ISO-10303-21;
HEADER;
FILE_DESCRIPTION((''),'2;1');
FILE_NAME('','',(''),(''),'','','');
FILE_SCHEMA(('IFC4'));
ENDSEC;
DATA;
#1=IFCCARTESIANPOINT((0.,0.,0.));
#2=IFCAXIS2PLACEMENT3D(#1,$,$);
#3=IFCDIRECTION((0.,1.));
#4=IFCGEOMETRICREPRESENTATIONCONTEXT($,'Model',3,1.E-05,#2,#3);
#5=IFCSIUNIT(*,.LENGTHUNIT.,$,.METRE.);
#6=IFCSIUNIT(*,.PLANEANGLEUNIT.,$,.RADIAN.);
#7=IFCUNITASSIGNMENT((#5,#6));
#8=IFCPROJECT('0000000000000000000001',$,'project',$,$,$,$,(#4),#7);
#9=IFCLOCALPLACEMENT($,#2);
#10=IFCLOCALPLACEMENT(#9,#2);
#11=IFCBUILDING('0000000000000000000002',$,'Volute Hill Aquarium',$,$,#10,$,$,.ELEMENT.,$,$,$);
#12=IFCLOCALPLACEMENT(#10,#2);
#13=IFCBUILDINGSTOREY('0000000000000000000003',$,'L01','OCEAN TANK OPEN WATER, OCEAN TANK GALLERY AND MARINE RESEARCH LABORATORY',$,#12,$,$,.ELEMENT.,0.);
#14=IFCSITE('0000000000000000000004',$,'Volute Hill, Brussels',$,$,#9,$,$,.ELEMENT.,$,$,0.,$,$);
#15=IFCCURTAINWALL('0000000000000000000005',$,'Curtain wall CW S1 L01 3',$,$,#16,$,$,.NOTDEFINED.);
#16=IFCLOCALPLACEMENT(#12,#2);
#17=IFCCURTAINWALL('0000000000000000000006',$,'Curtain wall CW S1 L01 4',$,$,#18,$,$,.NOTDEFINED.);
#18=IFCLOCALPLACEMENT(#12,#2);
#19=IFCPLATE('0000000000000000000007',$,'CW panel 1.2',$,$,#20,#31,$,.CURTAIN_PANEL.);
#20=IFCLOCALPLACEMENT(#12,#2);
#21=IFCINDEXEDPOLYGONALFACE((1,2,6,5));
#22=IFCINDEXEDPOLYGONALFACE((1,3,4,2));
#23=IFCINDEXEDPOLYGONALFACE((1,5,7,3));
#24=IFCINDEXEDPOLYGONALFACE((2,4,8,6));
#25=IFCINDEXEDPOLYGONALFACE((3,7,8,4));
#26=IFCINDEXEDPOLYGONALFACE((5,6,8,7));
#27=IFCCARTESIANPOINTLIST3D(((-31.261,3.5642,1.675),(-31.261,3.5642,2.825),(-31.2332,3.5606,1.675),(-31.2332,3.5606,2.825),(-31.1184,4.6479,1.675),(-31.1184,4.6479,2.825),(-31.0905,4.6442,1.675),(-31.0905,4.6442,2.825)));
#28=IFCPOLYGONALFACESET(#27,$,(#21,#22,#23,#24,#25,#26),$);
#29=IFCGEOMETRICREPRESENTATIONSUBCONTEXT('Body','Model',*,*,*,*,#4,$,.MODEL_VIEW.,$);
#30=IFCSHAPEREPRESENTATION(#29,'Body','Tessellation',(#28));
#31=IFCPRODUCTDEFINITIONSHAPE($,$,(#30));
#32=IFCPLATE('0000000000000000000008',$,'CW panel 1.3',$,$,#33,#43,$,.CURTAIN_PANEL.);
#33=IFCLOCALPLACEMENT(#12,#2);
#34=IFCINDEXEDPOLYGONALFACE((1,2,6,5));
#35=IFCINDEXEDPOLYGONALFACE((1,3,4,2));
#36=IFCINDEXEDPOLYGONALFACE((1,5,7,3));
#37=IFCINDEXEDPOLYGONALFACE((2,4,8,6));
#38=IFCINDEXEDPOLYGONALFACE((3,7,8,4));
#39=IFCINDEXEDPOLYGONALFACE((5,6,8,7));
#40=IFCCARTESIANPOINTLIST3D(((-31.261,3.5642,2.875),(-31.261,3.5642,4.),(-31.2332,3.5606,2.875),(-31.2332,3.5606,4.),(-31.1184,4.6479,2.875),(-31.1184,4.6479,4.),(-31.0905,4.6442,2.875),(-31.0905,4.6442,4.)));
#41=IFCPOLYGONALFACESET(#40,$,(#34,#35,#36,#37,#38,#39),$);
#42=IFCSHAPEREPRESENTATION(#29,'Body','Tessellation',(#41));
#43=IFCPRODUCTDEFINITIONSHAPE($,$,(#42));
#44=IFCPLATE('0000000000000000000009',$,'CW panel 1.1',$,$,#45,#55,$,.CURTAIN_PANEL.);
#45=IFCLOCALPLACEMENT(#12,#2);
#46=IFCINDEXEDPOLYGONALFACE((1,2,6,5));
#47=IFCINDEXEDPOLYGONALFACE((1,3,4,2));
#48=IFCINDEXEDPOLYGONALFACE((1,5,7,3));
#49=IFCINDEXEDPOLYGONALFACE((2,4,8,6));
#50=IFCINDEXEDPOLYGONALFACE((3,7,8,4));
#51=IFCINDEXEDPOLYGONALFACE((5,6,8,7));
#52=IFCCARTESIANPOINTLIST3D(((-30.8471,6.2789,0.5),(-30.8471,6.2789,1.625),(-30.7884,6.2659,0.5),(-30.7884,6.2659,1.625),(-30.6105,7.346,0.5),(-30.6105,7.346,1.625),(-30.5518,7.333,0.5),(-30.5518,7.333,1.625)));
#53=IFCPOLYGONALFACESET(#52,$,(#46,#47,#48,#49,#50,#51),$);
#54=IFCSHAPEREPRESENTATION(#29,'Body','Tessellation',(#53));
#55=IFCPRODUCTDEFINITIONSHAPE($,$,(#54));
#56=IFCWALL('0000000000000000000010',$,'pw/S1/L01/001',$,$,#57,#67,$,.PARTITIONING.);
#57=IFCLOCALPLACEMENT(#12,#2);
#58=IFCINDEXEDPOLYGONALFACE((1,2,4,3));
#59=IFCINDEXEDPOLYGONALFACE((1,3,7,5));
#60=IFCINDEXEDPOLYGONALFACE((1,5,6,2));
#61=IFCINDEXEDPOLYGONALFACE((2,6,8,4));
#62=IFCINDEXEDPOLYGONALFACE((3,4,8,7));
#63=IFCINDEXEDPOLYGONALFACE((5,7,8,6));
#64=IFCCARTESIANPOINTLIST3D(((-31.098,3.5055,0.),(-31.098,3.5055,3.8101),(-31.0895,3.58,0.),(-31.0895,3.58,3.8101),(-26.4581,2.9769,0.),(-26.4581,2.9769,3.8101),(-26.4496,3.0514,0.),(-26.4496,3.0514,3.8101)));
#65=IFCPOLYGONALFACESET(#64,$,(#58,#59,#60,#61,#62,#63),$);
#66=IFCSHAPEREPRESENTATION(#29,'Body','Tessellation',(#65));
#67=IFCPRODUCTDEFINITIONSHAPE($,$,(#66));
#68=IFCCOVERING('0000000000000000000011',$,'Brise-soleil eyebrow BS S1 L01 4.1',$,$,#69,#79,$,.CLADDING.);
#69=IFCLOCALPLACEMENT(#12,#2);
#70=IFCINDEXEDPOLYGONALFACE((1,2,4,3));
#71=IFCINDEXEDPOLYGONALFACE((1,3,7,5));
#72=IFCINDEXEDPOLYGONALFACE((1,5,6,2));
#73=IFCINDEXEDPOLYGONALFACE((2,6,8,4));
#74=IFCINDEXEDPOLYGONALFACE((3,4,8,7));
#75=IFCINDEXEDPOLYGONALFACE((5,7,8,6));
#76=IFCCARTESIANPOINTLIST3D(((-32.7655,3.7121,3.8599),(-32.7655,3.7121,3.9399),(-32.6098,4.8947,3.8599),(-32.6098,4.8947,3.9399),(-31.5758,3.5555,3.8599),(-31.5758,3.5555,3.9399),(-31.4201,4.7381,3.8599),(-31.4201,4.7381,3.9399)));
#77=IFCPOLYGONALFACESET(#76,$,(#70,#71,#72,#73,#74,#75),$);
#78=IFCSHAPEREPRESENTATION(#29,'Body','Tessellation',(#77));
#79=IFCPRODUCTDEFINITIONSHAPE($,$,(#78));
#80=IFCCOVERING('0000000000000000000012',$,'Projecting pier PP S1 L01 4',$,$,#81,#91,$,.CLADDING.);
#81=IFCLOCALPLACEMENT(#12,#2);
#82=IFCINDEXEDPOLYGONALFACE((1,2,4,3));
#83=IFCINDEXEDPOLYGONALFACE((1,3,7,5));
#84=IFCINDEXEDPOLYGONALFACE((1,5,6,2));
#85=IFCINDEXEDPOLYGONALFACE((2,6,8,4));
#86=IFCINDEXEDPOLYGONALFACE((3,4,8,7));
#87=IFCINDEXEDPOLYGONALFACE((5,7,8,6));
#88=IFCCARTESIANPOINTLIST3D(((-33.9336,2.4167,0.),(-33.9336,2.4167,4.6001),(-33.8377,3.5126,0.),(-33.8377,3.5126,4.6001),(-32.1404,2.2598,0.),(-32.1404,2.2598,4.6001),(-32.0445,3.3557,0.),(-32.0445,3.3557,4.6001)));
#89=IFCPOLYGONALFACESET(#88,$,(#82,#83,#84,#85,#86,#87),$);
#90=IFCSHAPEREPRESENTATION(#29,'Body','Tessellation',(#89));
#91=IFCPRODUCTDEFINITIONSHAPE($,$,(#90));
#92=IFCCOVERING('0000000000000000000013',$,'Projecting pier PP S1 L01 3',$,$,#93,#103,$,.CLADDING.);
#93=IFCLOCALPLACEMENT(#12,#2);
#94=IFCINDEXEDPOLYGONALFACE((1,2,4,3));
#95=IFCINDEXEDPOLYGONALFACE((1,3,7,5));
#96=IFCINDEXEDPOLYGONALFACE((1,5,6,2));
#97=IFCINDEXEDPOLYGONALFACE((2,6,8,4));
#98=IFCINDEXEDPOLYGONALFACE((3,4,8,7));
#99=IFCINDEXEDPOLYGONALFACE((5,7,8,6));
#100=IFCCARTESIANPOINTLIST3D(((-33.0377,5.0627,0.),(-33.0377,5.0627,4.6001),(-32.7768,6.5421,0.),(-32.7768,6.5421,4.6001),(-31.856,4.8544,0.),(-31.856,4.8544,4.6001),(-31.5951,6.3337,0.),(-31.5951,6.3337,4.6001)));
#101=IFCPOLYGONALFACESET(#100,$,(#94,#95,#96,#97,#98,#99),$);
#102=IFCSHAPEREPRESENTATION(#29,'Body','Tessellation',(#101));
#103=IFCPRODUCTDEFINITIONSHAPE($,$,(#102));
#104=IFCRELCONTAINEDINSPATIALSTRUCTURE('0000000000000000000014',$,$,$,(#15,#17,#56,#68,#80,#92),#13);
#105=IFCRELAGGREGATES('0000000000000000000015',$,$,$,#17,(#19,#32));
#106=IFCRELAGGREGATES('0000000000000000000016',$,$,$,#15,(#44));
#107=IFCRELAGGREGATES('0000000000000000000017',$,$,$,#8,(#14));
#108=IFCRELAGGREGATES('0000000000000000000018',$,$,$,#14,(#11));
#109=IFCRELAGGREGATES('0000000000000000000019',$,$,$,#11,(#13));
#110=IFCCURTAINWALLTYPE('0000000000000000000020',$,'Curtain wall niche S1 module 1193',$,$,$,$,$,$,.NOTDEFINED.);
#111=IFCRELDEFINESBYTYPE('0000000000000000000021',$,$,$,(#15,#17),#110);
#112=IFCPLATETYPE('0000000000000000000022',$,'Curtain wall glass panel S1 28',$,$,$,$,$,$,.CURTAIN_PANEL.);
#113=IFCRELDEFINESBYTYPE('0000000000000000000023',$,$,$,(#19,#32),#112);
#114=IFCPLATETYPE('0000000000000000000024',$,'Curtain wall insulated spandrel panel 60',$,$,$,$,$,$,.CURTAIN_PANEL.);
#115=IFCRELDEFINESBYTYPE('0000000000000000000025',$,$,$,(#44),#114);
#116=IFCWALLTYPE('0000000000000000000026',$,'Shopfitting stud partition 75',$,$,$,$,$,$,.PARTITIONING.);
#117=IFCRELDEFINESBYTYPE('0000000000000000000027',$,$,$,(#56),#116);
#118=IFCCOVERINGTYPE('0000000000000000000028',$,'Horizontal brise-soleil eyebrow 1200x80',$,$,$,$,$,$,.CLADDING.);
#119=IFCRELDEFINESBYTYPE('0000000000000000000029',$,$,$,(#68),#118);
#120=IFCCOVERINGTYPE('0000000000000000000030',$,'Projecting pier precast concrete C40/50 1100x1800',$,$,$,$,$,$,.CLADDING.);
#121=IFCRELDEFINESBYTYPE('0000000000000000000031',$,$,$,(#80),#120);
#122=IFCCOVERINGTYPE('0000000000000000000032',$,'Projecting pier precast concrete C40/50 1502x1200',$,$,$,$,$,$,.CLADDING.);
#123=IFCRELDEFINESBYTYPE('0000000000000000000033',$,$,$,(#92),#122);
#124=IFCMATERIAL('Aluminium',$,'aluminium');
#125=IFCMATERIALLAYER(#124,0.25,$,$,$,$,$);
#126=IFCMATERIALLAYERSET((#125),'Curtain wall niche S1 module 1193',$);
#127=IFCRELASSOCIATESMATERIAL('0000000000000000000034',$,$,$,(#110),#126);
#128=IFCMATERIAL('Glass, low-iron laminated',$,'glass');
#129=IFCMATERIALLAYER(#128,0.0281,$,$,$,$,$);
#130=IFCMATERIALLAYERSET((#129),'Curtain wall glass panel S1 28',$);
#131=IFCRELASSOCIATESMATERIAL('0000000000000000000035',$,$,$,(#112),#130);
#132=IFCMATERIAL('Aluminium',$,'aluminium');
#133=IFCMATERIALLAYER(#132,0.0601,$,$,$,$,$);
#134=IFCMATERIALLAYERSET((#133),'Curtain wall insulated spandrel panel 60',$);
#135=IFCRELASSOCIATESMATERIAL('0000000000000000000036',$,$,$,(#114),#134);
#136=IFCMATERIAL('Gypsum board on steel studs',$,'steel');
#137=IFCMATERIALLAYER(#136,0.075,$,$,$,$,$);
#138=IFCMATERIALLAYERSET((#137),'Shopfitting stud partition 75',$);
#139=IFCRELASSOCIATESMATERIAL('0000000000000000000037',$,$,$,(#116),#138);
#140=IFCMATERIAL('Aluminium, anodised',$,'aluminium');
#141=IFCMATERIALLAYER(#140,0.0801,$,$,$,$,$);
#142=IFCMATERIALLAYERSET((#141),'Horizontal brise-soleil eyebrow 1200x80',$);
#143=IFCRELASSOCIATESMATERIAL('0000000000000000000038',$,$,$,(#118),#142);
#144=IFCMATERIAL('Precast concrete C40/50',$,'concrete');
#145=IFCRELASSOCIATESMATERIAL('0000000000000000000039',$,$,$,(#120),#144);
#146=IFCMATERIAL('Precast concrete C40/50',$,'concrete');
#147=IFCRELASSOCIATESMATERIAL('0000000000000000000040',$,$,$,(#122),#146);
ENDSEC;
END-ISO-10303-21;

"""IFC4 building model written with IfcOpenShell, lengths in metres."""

from ifc_helpers import new_model, si_unit, direction, frame, frame_2d, origin, origin_2d, place, context, subcontext, project, spatial, rectangle, extrude, material, layer, layer_set, type_object, element, aggregate, save


model = new_model("IFC4")

# Units and contexts
model_context = context("Model", 3, precision=1e-05, world=origin(), true_north=direction((0.0, 1.0)))
body_context = subcontext(model_context, "Body", "Model", "MODEL_VIEW")
ifc_project = project(units=[si_unit("LENGTHUNIT", "METRE"), si_unit("PLANEANGLEUNIT", "RADIAN")], contexts=[model_context])

# Site, building, storey
site_placement = place(None, origin())
site = spatial("IfcSite", under=ifc_project, at=site_placement, Name="Volute Hill, Brussels", CompositionType="ELEMENT", RefElevation=0.0)
building_placement = place(site_placement, origin())
building = spatial("IfcBuilding", under=site, at=building_placement, Name="Volute Hill Aquarium", CompositionType="ELEMENT")
storey_placement = place(building_placement, origin())
storey = spatial("IfcBuildingStorey", under=building, at=storey_placement, Name="L01", Description="OCEAN TANK OPEN WATER, OCEAN TANK GALLERY AND MARINE RESEARCH LABORATORY", CompositionType="ELEMENT", Elevation=0.0)

# Curtain wall
ifc_material_1 = material(Name="Aluminium", Category="aluminium")
ifc_layer_1 = layer(ifc_material_1, 0.25)
ifc_layer_set_1 = layer_set([ifc_layer_1], Name="Curtain wall niche S1 module 1193")
curtain_wall_type = type_object("IfcCurtainWallType", Name="Curtain wall niche S1 module 1193", PredefinedType="NOTDEFINED", material=ifc_layer_set_1)
curtain_wall_1_placement = place(storey_placement, origin())
curtain_wall_1 = element("IfcCurtainWall", 1, at=curtain_wall_1_placement, inside=storey, type_object=curtain_wall_type, Name="Curtain wall CW S1 L01 3", PredefinedType="NOTDEFINED")

# Curtain wall
curtain_wall_2_placement = place(storey_placement, origin())
curtain_wall_2 = element("IfcCurtainWall", 2, at=curtain_wall_2_placement, inside=storey, type_object=curtain_wall_type, Name="Curtain wall CW S1 L01 4", PredefinedType="NOTDEFINED")

# Plates
ifc_material_2 = material(Name="Glass, low-iron laminated", Category="glass")
ifc_layer_2 = layer(ifc_material_2, 0.0281)
ifc_layer_set_2 = layer_set([ifc_layer_2], Name="Curtain wall glass panel S1 28")
plate_type_1 = type_object("IfcPlateType", Name="Curtain wall glass panel S1 28", PredefinedType="CURTAIN_PANEL", material=ifc_layer_set_2)
plate_1_placement = place(storey_placement, frame((-31.1758, 4.1042, 1.675), z_axis=(0.0, 0.0, 1.0), x_axis=(-0.130532, -0.991444, 0.0)))
plate_1 = element("IfcPlate", 3, at=plate_1_placement, type_object=plate_type_1, Name="CW panel 1.2", PredefinedType="CURTAIN_PANEL", context=body_context, shape_type="SweptSolid", body=[
    extrude(rectangle(XDim=1.093, YDim=0.0281, at=origin_2d()), origin(), (0.0, 0.0, 1.0), 1.1499),
])
plate_2_placement = place(storey_placement, frame((-31.1758, 4.1042, 2.875), z_axis=(0.0, 0.0, 1.0), x_axis=(-0.130532, -0.991444, 0.0)))
plate_2 = element("IfcPlate", 4, at=plate_2_placement, type_object=plate_type_1, Name="CW panel 1.3", PredefinedType="CURTAIN_PANEL", context=body_context, shape_type="SweptSolid", body=[
    extrude(rectangle(XDim=1.093, YDim=0.0281, at=origin_2d()), origin(), (0.0, 0.0, 1.0), 1.125),
])
aggregate(curtain_wall_2, [plate_1, plate_2])
ifc_material_3 = material(Name="Aluminium", Category="aluminium")
ifc_layer_3 = layer(ifc_material_3, 0.0601)
ifc_layer_set_3 = layer_set([ifc_layer_3], Name="Curtain wall insulated spandrel panel 60")
plate_type_2 = type_object("IfcPlateType", Name="Curtain wall insulated spandrel panel 60", PredefinedType="CURTAIN_PANEL", material=ifc_layer_set_3)
plate_3_placement = place(storey_placement, frame((-30.6995, 6.8059, 0.5), z_axis=(0.0, 0.0, 1.0), x_axis=(-0.216458, -0.976292, 0.0)))
plate_3 = element("IfcPlate", 5, at=plate_3_placement, type_object=plate_type_2, Name="CW panel 1.1", PredefinedType="CURTAIN_PANEL", context=body_context, shape_type="SweptSolid", body=[
    extrude(rectangle(XDim=1.093, YDim=0.0601, at=origin_2d()), origin(), (0.0, 0.0, 1.0), 1.125),
])
aggregate(curtain_wall_1, [plate_3])

# Wall
ifc_material_4 = material(Name="Gypsum board on steel studs", Category="steel")
ifc_layer_4 = layer(ifc_material_4, 0.075)
ifc_layer_set_4 = layer_set([ifc_layer_4], Name="Shopfitting stud partition 75")
wall_type = type_object("IfcWallType", Name="Shopfitting stud partition 75", PredefinedType="PARTITIONING", material=ifc_layer_set_4)
wall_placement = place(storey_placement, frame((-31.0938, 3.5427, 0.0), z_axis=(0.0, 0.0, 1.0), x_axis=(0.993574, -0.113185, 0.0)))
element("IfcWall", 6, at=wall_placement, inside=storey, type_object=wall_type, Name="pw/S1/L01/001", PredefinedType="PARTITIONING", context=body_context, shape_type="SweptSolid", body=[
    extrude(rectangle(XDim=4.6699, YDim=0.075, at=frame_2d((2.335, 0.0))), origin(), (0.0, 0.0, 1.0), 3.8101),
])

# Coverings
ifc_material_5 = material(Name="Aluminium, anodised", Category="aluminium")
ifc_layer_5 = layer(ifc_material_5, 0.0801)
ifc_layer_set_5 = layer_set([ifc_layer_5], Name="Horizontal brise-soleil eyebrow 1200x80")
covering_type_1 = type_object("IfcCoveringType", Name="Horizontal brise-soleil eyebrow 1200x80", PredefinedType="CLADDING", material=ifc_layer_set_5)
covering_1_placement = place(storey_placement, frame((-32.0928, 4.2251, 3.8599), z_axis=(0.0, 0.0, 1.0), x_axis=(-0.130527, -0.991445, 0.0)))
element("IfcCovering", 7, at=covering_1_placement, inside=storey, type_object=covering_type_1, Name="Brise-soleil eyebrow BS S1 L01 4.1", PredefinedType="CLADDING", context=body_context, shape_type="SweptSolid", body=[
    extrude(rectangle(XDim=1.1929, YDim=1.2, at=origin_2d()), origin(), (0.0, 0.0, 1.0), 0.0801),
])
ifc_material_6 = material(Name="Precast concrete C40/50", Category="concrete")
covering_type_2 = type_object("IfcCoveringType", Name="Projecting pier precast concrete C40/50 1100x1800", PredefinedType="CLADDING", material=ifc_material_6)
covering_2_placement = place(storey_placement, frame((-32.989, 2.8862, 0.0), z_axis=(0.0, 0.0, 1.0), x_axis=(-0.087156, -0.996195, 0.0)))
element("IfcCovering", 8, at=covering_2_placement, inside=storey, type_object=covering_type_2, Name="Projecting pier PP S1 L01 4", PredefinedType="CLADDING", context=body_context, shape_type="SweptSolid", body=[
    extrude(rectangle(XDim=1.1001, YDim=1.8, at=origin_2d()), origin(), (0.0, 0.0, 1.0), 4.6001),
])
ifc_material_7 = material(Name="Precast concrete C40/50", Category="concrete")
covering_type_3 = type_object("IfcCoveringType", Name="Projecting pier precast concrete C40/50 1502x1200", PredefinedType="CLADDING", material=ifc_material_7)
covering_3_placement = place(storey_placement, frame((-32.3164, 5.6982, 0.0), z_axis=(0.0, 0.0, 1.0), x_axis=(-0.173648, -0.984808, 0.0)))
element("IfcCovering", 9, at=covering_3_placement, inside=storey, type_object=covering_type_3, Name="Projecting pier PP S1 L01 3", PredefinedType="CLADDING", context=body_context, shape_type="SweptSolid", body=[
    extrude(rectangle(XDim=1.5022, YDim=1.2, at=origin_2d()), origin(), (0.0, 0.0, 1.0), 4.6001),
])

save(model, "model.ifc")
